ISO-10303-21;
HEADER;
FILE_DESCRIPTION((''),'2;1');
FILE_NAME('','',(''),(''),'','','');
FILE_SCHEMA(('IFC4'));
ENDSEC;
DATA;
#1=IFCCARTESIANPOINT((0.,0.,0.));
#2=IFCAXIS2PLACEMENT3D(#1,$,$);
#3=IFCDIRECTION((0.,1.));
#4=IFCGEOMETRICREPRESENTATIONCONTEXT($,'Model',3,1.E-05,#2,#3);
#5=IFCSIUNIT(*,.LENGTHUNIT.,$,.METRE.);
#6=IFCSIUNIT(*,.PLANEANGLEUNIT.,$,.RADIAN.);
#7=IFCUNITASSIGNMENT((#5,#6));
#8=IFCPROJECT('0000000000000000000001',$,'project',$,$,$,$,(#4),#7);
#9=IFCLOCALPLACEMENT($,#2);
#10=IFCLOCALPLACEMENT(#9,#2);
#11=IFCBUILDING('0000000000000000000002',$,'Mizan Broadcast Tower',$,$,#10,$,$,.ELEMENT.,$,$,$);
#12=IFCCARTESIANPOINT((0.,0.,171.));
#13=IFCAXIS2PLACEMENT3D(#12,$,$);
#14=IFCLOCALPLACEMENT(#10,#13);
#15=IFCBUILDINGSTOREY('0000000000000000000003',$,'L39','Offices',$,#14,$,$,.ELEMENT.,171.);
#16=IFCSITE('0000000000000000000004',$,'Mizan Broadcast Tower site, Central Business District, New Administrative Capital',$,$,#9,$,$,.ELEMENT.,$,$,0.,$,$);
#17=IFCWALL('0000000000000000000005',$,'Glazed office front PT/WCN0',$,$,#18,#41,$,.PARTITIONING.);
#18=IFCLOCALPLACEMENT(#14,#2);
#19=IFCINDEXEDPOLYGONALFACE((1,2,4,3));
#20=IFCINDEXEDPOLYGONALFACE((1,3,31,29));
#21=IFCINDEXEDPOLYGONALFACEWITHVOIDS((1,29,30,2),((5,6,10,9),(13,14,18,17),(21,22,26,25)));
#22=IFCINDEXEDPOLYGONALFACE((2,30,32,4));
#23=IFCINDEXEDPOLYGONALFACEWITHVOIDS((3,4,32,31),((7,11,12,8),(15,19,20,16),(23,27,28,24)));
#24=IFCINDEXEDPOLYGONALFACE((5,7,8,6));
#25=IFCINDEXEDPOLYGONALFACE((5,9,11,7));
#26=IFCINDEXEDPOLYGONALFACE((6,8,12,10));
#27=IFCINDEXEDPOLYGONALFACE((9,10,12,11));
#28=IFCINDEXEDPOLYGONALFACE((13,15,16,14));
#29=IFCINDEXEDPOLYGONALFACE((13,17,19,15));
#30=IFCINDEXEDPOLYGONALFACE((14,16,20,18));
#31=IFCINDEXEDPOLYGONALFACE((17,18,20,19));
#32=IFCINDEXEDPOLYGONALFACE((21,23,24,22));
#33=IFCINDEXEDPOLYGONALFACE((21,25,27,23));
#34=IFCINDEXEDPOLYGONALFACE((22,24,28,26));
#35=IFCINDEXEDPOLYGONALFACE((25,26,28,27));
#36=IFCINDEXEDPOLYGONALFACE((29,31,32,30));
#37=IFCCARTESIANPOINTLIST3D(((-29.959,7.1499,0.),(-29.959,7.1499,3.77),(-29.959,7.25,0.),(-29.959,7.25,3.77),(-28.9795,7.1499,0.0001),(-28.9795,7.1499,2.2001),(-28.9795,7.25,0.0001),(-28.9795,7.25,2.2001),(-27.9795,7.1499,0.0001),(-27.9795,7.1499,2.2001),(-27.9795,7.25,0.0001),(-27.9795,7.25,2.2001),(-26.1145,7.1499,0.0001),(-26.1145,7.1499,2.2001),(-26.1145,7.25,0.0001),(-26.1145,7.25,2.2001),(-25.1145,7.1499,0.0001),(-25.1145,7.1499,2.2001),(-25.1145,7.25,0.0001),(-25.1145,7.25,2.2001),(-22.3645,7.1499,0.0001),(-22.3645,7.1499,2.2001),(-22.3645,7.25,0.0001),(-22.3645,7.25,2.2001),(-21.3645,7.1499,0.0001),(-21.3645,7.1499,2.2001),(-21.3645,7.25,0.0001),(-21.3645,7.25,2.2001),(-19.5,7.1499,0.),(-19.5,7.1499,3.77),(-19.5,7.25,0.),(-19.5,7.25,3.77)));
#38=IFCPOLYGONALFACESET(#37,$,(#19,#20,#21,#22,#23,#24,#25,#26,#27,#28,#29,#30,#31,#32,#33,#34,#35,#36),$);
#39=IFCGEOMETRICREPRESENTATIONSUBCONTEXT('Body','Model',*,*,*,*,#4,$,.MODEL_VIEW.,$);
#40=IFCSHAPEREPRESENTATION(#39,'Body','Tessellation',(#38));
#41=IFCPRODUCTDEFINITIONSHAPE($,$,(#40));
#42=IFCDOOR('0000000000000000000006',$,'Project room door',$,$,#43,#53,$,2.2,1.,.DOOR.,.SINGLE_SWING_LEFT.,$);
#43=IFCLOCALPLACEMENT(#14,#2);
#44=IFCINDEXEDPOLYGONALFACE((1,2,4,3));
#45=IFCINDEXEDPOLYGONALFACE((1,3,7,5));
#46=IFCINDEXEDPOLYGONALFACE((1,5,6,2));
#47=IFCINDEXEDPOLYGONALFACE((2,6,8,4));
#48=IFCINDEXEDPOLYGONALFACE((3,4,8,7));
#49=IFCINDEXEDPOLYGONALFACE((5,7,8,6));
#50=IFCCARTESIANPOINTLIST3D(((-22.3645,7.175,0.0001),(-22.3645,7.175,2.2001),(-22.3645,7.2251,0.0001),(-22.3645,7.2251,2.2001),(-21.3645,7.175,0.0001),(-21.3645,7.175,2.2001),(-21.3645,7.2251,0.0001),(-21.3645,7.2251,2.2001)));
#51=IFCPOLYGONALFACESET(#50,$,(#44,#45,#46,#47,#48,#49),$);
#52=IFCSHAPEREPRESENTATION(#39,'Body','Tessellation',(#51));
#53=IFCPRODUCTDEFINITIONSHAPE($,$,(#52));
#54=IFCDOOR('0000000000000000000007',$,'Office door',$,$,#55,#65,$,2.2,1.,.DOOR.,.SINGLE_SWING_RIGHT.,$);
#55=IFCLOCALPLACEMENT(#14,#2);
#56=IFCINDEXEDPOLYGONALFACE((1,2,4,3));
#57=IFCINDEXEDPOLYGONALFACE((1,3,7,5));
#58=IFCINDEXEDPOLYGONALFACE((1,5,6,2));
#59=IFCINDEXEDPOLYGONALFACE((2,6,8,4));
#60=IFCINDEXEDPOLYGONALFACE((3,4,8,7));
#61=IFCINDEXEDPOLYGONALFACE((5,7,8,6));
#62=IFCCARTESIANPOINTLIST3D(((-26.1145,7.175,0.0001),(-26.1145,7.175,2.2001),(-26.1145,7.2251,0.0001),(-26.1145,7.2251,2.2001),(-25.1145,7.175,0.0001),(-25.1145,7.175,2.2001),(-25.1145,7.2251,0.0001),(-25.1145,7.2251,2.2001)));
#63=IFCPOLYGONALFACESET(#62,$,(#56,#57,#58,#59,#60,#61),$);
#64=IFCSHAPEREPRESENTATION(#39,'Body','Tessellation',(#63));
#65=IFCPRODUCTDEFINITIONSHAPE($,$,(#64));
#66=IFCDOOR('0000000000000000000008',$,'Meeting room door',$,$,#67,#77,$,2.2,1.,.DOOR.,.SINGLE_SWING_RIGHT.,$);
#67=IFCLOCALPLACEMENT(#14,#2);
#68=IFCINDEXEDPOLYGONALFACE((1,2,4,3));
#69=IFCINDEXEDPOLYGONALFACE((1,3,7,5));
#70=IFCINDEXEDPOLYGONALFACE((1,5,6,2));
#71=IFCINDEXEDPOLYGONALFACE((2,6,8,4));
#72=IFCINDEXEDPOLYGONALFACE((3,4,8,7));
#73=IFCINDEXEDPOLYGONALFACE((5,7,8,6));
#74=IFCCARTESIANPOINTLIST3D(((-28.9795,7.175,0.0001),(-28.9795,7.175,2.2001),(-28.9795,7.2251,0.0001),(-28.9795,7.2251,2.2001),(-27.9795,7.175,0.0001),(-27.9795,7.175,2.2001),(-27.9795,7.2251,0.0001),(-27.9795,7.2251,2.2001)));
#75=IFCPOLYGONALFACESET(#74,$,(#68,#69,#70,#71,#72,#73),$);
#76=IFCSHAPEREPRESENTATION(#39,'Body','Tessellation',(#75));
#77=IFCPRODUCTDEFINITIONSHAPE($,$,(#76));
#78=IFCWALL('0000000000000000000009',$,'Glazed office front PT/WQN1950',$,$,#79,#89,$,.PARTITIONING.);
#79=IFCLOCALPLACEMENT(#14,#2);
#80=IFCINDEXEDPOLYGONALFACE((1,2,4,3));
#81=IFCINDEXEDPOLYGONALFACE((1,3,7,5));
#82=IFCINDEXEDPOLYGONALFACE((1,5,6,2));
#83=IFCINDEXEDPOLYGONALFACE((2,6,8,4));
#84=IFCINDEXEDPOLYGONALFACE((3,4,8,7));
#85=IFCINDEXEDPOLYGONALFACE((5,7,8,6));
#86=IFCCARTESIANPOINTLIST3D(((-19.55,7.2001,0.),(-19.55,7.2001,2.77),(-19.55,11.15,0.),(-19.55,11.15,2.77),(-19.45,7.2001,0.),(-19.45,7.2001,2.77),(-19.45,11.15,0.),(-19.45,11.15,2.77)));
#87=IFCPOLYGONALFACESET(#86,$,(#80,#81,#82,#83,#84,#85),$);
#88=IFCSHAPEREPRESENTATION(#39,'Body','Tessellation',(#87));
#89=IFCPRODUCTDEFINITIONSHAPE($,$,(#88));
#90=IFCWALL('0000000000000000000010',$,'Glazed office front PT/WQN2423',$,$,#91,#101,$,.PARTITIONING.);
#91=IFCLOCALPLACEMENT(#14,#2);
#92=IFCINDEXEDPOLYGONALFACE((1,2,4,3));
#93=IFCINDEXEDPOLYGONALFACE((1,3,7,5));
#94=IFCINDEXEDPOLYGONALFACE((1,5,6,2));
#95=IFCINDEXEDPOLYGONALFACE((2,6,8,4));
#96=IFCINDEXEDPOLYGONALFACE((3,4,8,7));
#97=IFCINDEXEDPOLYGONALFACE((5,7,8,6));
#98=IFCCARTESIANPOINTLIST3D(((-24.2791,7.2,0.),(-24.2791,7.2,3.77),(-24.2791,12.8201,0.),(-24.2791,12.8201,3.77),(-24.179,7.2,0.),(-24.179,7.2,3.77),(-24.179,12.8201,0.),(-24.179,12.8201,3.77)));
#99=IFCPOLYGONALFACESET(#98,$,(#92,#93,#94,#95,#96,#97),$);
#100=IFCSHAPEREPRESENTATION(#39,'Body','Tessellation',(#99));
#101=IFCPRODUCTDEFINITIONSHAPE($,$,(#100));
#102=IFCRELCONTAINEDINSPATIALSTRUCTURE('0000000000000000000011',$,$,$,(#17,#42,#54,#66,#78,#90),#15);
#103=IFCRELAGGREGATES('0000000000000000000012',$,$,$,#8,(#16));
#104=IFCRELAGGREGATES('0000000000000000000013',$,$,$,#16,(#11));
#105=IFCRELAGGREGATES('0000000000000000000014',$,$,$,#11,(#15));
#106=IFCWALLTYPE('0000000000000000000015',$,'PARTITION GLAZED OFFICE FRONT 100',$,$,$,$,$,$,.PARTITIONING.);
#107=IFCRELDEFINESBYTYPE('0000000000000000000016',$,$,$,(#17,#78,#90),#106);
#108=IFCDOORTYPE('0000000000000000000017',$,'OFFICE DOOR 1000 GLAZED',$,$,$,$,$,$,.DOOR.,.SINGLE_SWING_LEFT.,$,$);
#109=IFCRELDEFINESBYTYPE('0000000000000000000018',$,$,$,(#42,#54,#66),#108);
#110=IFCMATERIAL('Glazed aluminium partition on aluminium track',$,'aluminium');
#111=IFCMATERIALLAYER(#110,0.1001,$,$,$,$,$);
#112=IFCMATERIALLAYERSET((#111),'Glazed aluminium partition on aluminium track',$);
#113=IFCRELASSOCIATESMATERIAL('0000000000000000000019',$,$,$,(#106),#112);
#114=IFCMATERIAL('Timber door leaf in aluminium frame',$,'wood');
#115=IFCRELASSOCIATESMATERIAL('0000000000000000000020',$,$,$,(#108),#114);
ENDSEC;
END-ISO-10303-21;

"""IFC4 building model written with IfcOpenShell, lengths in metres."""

from ifc_helpers import new_model, si_unit, direction, frame, frame_2d, origin, place, context, subcontext, project, spatial, rectangle, extrude, material, layer, layer_set, type_object, element, fill, save


model = new_model("IFC4")

# Units and contexts
model_context = context("Model", 3, precision=1e-05, world=origin(), true_north=direction((0.0, 1.0)))
body_context = subcontext(model_context, "Body", "Model", "MODEL_VIEW")
ifc_project = project(units=[si_unit("LENGTHUNIT", "METRE"), si_unit("PLANEANGLEUNIT", "RADIAN")], contexts=[model_context])

# Site, building, storey
site_placement = place(None, origin())
site = spatial("IfcSite", under=ifc_project, at=site_placement, Name="Mizan Broadcast Tower site, Central Business District, New Administrative Capital", CompositionType="ELEMENT", RefElevation=0.0)
building_placement = place(site_placement, origin())
building = spatial("IfcBuilding", under=site, at=building_placement, Name="Mizan Broadcast Tower", CompositionType="ELEMENT")
storey_placement = place(building_placement, frame((0.0, 0.0, 171.0)))
storey = spatial("IfcBuildingStorey", under=building, at=storey_placement, Name="L39", Description="Offices", CompositionType="ELEMENT", Elevation=171.0)

# Wall, openings, doors
ifc_material_1 = material(Name="Glazed aluminium partition on aluminium track", Category="aluminium")
ifc_layer_1 = layer(ifc_material_1, 0.1001)
ifc_layer_set_1 = layer_set([ifc_layer_1], Name="Glazed aluminium partition on aluminium track")
wall_type = type_object("IfcWallType", Name="PARTITION GLAZED OFFICE FRONT 100", PredefinedType="PARTITIONING", material=ifc_layer_set_1)
wall_1_placement = place(storey_placement, frame((-19.5, 7.2, 0.0), z_axis=(0.0, 0.0, 1.0), x_axis=(-1.0, 0.0, 0.0)))
wall_1 = element("IfcWall", 1, at=wall_1_placement, inside=storey, type_object=wall_type, Name="Glazed office front PT/WCN0", PredefinedType="PARTITIONING", context=body_context, shape_type="SweptSolid", body=[
    extrude(rectangle(XDim=10.459, YDim=0.1001, at=frame_2d((5.2295, 0.0))), origin(), (0.0, 0.0, 1.0), 3.77),
])
opening_1_placement = place(wall_1_placement, frame((1.8645, 0.0, 0.0)))
opening_1 = element("IfcOpeningElement", 2, at=opening_1_placement, cuts=wall_1, PredefinedType="OPENING", context=body_context, shape_type="SweptSolid", body=[
    extrude(rectangle(XDim=1.0, YDim=2.2, at=frame_2d((0.5, 1.1001))), frame((0.0, 0.0601, 0.0), z_axis=(0.0, -1.0, 0.0), x_axis=(1.0, 0.0, 0.0)), (0.0, 0.0, 1.0), 0.1201),
])
opening_2_placement = place(wall_1_placement, frame((5.6145, 0.0, 0.0)))
opening_2 = element("IfcOpeningElement", 3, at=opening_2_placement, cuts=wall_1, PredefinedType="OPENING", context=body_context, shape_type="SweptSolid", body=[
    extrude(rectangle(XDim=1.0, YDim=2.2, at=frame_2d((0.5, 1.1001))), frame((0.0, 0.0601, 0.0), z_axis=(0.0, -1.0, 0.0), x_axis=(1.0, 0.0, 0.0)), (0.0, 0.0, 1.0), 0.1201),
])
opening_3_placement = place(wall_1_placement, frame((8.4795, 0.0, 0.0)))
opening_3 = element("IfcOpeningElement", 4, at=opening_3_placement, cuts=wall_1, PredefinedType="OPENING", context=body_context, shape_type="SweptSolid", body=[
    extrude(rectangle(XDim=1.0, YDim=2.2, at=frame_2d((0.5, 1.1001))), frame((0.0, 0.0601, 0.0), z_axis=(0.0, -1.0, 0.0), x_axis=(1.0, 0.0, 0.0)), (0.0, 0.0, 1.0), 0.1201),
])
ifc_material_2 = material(Name="Timber door leaf in aluminium frame", Category="wood")
door_type = type_object("IfcDoorType", Name="OFFICE DOOR 1000 GLAZED", OperationType="SINGLE_SWING_LEFT", PredefinedType="DOOR", material=ifc_material_2)
door_1_placement = place(opening_1_placement, origin())
door_1 = element("IfcDoor", 5, at=door_1_placement, inside=storey, type_object=door_type, Name="Project room door", OperationType="SINGLE_SWING_LEFT", OverallHeight=2.2, OverallWidth=1.0, PredefinedType="DOOR", context=body_context, shape_type="SweptSolid", body=[
    extrude(rectangle(XDim=1.0, YDim=2.2, at=frame_2d((0.5, 1.1001))), frame((0.0, 0.0249, 0.0), z_axis=(0.0, -1.0, 0.0), x_axis=(1.0, 0.0, 0.0)), (0.0, 0.0, 1.0), 0.05),
])
fill(opening_1, door_1)
door_2_placement = place(opening_2_placement, origin())
door_2 = element("IfcDoor", 6, at=door_2_placement, inside=storey, type_object=door_type, Name="Office door", OperationType="SINGLE_SWING_RIGHT", OverallHeight=2.2, OverallWidth=1.0, PredefinedType="DOOR", context=body_context, shape_type="SweptSolid", body=[
    extrude(rectangle(XDim=1.0, YDim=2.2, at=frame_2d((0.5, 1.1001))), frame((0.0, 0.0249, 0.0), z_axis=(0.0, -1.0, 0.0), x_axis=(1.0, 0.0, 0.0)), (0.0, 0.0, 1.0), 0.05),
])
fill(opening_2, door_2)
door_3_placement = place(opening_3_placement, origin())
door_3 = element("IfcDoor", 7, at=door_3_placement, inside=storey, type_object=door_type, Name="Meeting room door", OperationType="SINGLE_SWING_RIGHT", OverallHeight=2.2, OverallWidth=1.0, PredefinedType="DOOR", context=body_context, shape_type="SweptSolid", body=[
    extrude(rectangle(XDim=1.0, YDim=2.2, at=frame_2d((0.5, 1.1001))), frame((0.0, 0.0249, 0.0), z_axis=(0.0, -1.0, 0.0), x_axis=(1.0, 0.0, 0.0)), (0.0, 0.0, 1.0), 0.05),
])
fill(opening_3, door_3)

# Walls
wall_2_placement = place(storey_placement, frame((-19.5, 7.2, 0.0), z_axis=(0.0, 0.0, 1.0), x_axis=(0.0, 1.0, 0.0)))
element("IfcWall", 8, at=wall_2_placement, inside=storey, type_object=wall_type, Name="Glazed office front PT/WQN1950", PredefinedType="PARTITIONING", context=body_context, shape_type="SweptSolid", body=[
    extrude(rectangle(XDim=3.95, YDim=0.1001, at=frame_2d((1.9751, 0.0))), origin(), (0.0, 0.0, 1.0), 2.77),
])
wall_3_placement = place(storey_placement, frame((-24.229, 7.2, 0.0), z_axis=(0.0, 0.0, 1.0), x_axis=(0.0, 1.0, 0.0)))
element("IfcWall", 9, at=wall_3_placement, inside=storey, type_object=wall_type, Name="Glazed office front PT/WQN2423", PredefinedType="PARTITIONING", context=body_context, shape_type="SweptSolid", body=[
    extrude(rectangle(XDim=5.6201, YDim=0.1001, at=frame_2d((2.8101, 0.0))), origin(), (0.0, 0.0, 1.0), 3.77),
])

save(model, "model.ifc")
